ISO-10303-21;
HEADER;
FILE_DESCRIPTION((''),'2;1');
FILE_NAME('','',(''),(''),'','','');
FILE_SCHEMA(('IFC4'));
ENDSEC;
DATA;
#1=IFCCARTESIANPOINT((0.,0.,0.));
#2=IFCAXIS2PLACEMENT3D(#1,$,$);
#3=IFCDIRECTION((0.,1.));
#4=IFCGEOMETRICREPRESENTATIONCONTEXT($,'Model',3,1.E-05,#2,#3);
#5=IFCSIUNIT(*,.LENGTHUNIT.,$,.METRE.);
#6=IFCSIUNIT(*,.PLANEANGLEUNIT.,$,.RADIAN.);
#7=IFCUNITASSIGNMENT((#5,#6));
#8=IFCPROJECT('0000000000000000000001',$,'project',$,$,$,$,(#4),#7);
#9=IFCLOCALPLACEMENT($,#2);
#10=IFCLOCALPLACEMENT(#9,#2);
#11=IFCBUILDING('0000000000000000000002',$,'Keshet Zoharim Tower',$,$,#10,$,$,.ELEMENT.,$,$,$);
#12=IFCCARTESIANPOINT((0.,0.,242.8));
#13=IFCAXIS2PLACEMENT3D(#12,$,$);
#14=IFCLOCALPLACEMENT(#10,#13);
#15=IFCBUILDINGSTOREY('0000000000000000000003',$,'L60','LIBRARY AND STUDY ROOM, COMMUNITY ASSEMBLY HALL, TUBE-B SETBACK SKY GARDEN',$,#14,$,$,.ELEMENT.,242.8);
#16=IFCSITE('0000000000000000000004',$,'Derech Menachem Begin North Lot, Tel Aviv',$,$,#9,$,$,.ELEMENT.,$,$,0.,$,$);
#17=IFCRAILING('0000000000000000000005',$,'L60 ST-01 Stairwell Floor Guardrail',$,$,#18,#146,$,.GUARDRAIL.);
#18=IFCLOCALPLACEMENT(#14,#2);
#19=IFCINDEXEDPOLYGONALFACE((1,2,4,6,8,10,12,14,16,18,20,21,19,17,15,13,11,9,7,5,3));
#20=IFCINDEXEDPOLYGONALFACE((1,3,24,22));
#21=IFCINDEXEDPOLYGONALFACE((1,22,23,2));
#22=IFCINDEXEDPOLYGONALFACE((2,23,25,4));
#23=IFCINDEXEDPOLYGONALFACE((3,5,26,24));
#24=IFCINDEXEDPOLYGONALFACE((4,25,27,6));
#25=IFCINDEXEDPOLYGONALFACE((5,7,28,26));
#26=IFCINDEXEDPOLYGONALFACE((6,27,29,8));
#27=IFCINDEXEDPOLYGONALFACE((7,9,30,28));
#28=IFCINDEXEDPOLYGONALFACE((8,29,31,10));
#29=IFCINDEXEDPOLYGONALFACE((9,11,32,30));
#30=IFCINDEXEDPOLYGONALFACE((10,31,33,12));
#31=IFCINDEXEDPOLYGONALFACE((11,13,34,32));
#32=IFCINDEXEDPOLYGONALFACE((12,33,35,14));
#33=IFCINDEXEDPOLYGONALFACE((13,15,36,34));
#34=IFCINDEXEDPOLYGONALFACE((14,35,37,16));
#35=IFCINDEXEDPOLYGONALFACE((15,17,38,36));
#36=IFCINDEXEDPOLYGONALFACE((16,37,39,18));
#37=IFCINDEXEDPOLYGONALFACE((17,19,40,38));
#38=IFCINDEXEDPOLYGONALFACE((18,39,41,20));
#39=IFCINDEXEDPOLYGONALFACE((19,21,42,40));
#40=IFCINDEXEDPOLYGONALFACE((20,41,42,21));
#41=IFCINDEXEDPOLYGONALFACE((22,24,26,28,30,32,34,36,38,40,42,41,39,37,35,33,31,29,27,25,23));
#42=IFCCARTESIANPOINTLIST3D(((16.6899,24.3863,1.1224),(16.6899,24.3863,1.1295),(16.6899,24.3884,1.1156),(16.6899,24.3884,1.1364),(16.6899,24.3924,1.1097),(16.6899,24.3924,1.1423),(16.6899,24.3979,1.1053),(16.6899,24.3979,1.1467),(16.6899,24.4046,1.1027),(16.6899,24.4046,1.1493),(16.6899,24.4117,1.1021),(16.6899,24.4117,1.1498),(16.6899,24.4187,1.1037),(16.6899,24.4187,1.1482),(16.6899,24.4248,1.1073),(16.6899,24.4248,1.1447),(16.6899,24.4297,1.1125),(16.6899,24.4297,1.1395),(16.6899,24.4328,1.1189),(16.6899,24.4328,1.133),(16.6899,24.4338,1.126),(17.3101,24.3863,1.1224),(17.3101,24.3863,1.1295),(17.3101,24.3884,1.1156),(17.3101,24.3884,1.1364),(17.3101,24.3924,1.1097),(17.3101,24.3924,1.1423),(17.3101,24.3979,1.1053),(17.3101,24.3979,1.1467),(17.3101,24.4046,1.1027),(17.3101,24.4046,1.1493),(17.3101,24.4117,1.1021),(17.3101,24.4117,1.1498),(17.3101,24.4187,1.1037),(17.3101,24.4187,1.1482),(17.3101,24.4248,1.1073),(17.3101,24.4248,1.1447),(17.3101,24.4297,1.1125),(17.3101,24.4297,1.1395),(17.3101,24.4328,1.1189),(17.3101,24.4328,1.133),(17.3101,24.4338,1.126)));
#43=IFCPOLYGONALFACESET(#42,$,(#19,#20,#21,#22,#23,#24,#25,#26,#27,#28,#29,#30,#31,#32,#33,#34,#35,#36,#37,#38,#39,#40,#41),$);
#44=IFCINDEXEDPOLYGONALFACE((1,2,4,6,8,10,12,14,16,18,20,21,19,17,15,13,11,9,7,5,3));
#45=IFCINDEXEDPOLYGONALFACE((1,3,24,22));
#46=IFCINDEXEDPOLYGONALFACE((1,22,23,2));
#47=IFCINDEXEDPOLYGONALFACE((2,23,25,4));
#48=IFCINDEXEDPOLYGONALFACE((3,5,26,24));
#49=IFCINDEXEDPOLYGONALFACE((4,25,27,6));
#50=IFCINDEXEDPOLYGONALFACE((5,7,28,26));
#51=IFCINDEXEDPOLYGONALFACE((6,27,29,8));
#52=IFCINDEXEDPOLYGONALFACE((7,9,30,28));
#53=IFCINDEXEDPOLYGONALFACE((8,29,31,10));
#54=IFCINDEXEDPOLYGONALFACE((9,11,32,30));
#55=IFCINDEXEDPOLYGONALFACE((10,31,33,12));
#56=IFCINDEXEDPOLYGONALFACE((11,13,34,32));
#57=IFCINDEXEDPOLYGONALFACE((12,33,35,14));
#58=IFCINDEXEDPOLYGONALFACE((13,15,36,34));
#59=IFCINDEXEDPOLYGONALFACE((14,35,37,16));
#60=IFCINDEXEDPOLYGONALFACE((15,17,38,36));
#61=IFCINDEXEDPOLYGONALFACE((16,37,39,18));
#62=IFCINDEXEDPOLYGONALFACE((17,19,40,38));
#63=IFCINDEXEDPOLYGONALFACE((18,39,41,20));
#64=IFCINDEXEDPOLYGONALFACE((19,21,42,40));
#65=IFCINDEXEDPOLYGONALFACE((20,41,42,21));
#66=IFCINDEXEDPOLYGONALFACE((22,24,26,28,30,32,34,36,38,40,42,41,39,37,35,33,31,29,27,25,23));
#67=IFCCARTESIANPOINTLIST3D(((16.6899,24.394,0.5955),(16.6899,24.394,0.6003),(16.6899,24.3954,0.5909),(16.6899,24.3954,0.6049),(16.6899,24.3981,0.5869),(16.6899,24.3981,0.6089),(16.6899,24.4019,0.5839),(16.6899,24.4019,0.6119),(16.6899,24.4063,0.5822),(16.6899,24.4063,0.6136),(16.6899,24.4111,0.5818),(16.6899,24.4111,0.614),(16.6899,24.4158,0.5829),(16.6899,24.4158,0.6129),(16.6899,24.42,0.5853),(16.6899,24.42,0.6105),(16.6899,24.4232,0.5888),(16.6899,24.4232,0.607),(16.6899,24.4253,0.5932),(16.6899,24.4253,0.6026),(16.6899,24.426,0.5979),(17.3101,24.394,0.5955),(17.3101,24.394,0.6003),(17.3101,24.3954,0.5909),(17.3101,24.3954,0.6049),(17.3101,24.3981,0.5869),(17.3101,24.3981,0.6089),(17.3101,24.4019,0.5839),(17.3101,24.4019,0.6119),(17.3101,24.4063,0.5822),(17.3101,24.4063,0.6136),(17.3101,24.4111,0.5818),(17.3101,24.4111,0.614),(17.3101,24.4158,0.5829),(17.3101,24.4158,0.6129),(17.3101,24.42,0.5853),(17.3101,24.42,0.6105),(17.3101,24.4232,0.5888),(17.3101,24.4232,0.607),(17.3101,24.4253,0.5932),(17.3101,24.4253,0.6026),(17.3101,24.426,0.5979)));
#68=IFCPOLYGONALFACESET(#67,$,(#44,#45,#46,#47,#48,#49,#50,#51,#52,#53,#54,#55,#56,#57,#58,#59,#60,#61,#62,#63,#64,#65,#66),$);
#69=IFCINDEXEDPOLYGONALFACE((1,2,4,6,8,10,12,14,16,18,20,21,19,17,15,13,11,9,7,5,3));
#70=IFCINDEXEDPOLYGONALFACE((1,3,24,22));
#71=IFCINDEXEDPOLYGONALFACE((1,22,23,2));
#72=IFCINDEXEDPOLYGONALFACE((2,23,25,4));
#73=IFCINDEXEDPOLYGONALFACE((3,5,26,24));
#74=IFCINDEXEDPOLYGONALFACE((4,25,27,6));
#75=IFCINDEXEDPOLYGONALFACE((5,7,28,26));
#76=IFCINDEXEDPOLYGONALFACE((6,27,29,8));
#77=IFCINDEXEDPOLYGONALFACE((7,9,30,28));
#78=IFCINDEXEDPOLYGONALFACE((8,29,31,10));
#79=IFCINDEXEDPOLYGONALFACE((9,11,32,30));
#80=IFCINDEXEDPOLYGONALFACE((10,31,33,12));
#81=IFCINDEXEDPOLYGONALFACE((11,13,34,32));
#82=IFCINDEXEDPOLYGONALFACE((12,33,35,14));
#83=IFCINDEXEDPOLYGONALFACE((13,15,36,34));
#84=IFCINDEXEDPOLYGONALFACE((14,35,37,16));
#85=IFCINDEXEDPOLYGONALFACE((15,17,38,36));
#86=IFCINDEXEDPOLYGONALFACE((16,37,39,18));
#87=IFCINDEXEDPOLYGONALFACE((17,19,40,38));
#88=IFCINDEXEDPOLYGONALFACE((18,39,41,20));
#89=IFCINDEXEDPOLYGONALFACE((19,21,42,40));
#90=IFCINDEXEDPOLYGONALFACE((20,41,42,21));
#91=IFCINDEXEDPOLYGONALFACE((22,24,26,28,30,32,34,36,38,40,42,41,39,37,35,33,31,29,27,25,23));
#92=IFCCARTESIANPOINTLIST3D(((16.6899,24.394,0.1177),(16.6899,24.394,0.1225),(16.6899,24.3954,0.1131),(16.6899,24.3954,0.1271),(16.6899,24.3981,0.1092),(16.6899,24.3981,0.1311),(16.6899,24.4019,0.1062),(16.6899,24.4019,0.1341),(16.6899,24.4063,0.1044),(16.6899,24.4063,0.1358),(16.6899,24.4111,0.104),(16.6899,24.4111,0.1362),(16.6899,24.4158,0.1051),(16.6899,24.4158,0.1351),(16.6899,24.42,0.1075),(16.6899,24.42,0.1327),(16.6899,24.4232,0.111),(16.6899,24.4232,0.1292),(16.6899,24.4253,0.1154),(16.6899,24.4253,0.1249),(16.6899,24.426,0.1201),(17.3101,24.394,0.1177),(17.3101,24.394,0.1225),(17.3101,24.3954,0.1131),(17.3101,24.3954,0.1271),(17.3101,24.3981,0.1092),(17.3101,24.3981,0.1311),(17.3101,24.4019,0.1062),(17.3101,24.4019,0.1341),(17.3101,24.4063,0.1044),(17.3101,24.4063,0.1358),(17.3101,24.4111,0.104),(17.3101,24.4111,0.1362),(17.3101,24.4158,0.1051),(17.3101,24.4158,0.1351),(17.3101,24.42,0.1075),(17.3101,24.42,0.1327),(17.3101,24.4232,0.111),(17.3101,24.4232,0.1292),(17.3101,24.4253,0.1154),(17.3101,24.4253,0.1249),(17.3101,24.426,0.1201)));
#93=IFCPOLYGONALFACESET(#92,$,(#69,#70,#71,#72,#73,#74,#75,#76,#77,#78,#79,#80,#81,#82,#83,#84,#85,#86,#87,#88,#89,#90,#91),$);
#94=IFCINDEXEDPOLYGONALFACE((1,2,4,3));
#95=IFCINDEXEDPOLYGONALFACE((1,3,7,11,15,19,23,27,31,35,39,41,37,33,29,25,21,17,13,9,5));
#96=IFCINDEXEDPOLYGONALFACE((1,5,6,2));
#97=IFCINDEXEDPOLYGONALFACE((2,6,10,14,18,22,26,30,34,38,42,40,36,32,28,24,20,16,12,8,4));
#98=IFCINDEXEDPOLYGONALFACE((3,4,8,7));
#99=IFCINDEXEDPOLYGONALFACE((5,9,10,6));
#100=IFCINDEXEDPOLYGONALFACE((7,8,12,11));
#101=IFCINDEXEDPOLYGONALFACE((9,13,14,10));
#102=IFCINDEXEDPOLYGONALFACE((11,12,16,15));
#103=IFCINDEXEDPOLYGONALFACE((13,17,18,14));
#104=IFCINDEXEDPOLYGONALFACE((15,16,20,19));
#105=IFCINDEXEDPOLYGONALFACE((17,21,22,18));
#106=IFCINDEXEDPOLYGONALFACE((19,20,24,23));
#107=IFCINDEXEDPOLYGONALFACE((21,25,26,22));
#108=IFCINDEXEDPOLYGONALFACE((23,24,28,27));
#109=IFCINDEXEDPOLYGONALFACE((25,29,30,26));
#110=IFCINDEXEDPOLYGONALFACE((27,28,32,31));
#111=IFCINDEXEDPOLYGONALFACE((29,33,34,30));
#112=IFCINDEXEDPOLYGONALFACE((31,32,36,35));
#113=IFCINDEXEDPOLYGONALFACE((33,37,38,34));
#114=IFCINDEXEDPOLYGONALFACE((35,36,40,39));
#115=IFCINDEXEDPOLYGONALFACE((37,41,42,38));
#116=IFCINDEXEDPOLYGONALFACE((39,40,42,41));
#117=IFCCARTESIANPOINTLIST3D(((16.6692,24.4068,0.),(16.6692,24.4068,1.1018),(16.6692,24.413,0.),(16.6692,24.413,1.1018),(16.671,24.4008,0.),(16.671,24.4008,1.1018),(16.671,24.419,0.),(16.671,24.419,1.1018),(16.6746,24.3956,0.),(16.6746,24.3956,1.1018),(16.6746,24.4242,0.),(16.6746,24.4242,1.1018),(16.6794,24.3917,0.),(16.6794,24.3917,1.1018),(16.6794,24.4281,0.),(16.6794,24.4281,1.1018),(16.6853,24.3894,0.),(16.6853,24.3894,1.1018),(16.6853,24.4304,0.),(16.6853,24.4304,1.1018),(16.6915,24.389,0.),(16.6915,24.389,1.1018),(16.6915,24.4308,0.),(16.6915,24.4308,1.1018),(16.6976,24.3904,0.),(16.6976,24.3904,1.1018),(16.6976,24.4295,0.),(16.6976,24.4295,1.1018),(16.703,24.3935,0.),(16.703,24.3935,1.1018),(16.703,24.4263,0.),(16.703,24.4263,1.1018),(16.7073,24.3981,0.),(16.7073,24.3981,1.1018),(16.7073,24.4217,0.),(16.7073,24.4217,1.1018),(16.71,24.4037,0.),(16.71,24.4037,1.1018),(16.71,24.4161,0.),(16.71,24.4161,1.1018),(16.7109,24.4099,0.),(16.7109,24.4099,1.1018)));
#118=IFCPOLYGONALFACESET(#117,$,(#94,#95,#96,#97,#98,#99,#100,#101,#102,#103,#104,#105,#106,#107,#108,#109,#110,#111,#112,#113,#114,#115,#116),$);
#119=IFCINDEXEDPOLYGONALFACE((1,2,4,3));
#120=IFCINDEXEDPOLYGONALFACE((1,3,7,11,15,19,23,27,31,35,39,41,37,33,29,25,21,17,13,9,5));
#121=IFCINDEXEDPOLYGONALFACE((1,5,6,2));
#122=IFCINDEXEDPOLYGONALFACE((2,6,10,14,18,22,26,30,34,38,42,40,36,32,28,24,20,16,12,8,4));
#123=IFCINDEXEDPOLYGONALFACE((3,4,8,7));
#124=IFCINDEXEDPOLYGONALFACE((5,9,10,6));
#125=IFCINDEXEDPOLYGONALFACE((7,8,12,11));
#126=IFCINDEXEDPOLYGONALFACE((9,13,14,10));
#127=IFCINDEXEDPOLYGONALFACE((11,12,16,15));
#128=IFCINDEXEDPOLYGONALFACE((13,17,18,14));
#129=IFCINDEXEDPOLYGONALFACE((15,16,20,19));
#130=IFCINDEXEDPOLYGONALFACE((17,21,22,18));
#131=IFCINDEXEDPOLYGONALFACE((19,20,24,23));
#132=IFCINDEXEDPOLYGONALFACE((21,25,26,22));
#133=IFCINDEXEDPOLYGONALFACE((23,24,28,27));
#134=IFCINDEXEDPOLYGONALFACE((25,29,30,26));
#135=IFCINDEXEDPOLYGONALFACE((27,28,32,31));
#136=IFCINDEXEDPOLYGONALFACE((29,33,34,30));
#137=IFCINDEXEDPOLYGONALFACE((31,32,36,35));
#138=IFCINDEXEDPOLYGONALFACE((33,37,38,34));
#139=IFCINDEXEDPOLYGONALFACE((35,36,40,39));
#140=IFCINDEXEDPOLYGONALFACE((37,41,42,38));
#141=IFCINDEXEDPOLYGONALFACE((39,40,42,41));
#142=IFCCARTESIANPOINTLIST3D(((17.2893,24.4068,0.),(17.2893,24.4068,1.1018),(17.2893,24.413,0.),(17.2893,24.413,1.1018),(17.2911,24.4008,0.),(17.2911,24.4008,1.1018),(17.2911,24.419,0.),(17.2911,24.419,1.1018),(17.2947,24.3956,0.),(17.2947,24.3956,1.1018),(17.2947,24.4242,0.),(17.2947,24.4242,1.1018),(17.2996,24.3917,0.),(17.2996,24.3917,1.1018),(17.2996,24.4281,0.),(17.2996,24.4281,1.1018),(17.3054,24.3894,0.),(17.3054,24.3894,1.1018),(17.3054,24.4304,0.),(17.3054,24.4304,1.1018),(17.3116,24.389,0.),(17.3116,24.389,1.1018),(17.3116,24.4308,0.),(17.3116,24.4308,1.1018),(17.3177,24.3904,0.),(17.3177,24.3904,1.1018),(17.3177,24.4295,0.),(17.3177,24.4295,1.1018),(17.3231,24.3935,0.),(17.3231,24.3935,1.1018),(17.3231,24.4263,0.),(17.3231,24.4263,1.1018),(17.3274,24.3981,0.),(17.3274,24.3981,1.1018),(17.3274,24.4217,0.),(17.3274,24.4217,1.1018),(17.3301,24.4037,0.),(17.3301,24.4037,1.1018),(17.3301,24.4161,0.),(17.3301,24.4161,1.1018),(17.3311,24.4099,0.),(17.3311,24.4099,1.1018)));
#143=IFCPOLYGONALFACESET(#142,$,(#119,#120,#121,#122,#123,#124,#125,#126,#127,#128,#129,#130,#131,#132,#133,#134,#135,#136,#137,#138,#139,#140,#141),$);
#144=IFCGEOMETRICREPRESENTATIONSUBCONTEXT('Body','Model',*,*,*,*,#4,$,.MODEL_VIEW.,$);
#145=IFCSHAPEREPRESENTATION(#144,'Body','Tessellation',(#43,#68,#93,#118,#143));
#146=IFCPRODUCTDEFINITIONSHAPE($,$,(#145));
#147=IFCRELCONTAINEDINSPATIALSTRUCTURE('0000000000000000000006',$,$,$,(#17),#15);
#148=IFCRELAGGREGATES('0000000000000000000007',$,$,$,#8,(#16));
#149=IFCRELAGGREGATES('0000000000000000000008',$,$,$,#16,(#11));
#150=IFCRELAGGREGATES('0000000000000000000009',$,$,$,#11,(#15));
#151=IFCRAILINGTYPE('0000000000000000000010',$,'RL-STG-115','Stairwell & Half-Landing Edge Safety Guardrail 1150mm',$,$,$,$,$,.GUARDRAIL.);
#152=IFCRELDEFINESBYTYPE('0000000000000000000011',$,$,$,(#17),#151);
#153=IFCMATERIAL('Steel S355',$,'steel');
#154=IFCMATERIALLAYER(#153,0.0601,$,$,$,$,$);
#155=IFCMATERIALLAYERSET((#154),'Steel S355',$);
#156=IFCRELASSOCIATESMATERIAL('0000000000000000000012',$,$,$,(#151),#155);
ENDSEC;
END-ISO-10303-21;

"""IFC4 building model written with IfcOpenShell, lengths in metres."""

from ifc_helpers import new_model, si_unit, direction, frame, origin, origin_2d, place, context, subcontext, project, spatial, circle, extrude, material, layer, layer_set, type_object, element, save


model = new_model("IFC4")

# Units and contexts
model_context = context("Model", 3, precision=1e-05, world=origin(), true_north=direction((0.0, 1.0)))
body_context = subcontext(model_context, "Body", "Model", "MODEL_VIEW")
ifc_project = project(units=[si_unit("LENGTHUNIT", "METRE"), si_unit("PLANEANGLEUNIT", "RADIAN")], contexts=[model_context])

# Site, building, storey
site_placement = place(None, origin())
site = spatial("IfcSite", under=ifc_project, at=site_placement, Name="Derech Menachem Begin North Lot, Tel Aviv", CompositionType="ELEMENT", RefElevation=0.0)
building_placement = place(site_placement, origin())
building = spatial("IfcBuilding", under=site, at=building_placement, Name="Keshet Zoharim Tower", CompositionType="ELEMENT")
storey_placement = place(building_placement, frame((0.0, 0.0, 242.8)))
storey = spatial("IfcBuildingStorey", under=building, at=storey_placement, Name="L60", Description="LIBRARY AND STUDY ROOM, COMMUNITY ASSEMBLY HALL, TUBE-B SETBACK SKY GARDEN", CompositionType="ELEMENT", Elevation=242.8)

# Shared definitions
ifc_material_1 = material(Name="Steel S355", Category="steel")

# Railing
ifc_layer_1 = layer(ifc_material_1, 0.0601)
ifc_layer_set_1 = layer_set([ifc_layer_1], Name="Steel S355")
railing_type_1 = type_object("IfcRailingType", Name="RL-STG-115", Description="Stairwell & Half-Landing Edge Safety Guardrail 1150mm", PredefinedType="GUARDRAIL", material=ifc_layer_set_1)
railing_1_placement = place(storey_placement, frame((16.6899, 24.4099, 0.0)))
element("IfcRailing", 1, at=railing_1_placement, inside=storey, type_object=railing_type_1, Name="L60 ST-01 Stairwell Floor Guardrail", PredefinedType="GUARDRAIL", context=body_context, shape_type="SweptSolid", body=[
    extrude(circle(Radius=0.0239, at=origin_2d()), frame((0.0, 0.0, 1.126), z_axis=(1.0, 0.0, 0.0), x_axis=(0.0, 1.0, 0.0)), (0.0, 0.0, 1.0), 0.6201),
    extrude(circle(Radius=0.0161, at=origin_2d()), frame((0.0, 0.0, 0.5979), z_axis=(1.0, 0.0, 0.0), x_axis=(0.0, 1.0, 0.0)), (0.0, 0.0, 1.0), 0.6201),
    extrude(circle(Radius=0.0161, at=origin_2d()), frame((0.0, 0.0, 0.1201), z_axis=(1.0, 0.0, 0.0), x_axis=(0.0, 1.0, 0.0)), (0.0, 0.0, 1.0), 0.6201),
    extrude(circle(Radius=0.021, at=origin_2d()), origin(), (0.0, 0.0, 1.0), 1.1018),
    extrude(circle(Radius=0.021, at=origin_2d()), frame((0.6201, 0.0, 0.0)), (0.0, 0.0, 1.0), 1.1018),
])

save(model, "model.ifc")
